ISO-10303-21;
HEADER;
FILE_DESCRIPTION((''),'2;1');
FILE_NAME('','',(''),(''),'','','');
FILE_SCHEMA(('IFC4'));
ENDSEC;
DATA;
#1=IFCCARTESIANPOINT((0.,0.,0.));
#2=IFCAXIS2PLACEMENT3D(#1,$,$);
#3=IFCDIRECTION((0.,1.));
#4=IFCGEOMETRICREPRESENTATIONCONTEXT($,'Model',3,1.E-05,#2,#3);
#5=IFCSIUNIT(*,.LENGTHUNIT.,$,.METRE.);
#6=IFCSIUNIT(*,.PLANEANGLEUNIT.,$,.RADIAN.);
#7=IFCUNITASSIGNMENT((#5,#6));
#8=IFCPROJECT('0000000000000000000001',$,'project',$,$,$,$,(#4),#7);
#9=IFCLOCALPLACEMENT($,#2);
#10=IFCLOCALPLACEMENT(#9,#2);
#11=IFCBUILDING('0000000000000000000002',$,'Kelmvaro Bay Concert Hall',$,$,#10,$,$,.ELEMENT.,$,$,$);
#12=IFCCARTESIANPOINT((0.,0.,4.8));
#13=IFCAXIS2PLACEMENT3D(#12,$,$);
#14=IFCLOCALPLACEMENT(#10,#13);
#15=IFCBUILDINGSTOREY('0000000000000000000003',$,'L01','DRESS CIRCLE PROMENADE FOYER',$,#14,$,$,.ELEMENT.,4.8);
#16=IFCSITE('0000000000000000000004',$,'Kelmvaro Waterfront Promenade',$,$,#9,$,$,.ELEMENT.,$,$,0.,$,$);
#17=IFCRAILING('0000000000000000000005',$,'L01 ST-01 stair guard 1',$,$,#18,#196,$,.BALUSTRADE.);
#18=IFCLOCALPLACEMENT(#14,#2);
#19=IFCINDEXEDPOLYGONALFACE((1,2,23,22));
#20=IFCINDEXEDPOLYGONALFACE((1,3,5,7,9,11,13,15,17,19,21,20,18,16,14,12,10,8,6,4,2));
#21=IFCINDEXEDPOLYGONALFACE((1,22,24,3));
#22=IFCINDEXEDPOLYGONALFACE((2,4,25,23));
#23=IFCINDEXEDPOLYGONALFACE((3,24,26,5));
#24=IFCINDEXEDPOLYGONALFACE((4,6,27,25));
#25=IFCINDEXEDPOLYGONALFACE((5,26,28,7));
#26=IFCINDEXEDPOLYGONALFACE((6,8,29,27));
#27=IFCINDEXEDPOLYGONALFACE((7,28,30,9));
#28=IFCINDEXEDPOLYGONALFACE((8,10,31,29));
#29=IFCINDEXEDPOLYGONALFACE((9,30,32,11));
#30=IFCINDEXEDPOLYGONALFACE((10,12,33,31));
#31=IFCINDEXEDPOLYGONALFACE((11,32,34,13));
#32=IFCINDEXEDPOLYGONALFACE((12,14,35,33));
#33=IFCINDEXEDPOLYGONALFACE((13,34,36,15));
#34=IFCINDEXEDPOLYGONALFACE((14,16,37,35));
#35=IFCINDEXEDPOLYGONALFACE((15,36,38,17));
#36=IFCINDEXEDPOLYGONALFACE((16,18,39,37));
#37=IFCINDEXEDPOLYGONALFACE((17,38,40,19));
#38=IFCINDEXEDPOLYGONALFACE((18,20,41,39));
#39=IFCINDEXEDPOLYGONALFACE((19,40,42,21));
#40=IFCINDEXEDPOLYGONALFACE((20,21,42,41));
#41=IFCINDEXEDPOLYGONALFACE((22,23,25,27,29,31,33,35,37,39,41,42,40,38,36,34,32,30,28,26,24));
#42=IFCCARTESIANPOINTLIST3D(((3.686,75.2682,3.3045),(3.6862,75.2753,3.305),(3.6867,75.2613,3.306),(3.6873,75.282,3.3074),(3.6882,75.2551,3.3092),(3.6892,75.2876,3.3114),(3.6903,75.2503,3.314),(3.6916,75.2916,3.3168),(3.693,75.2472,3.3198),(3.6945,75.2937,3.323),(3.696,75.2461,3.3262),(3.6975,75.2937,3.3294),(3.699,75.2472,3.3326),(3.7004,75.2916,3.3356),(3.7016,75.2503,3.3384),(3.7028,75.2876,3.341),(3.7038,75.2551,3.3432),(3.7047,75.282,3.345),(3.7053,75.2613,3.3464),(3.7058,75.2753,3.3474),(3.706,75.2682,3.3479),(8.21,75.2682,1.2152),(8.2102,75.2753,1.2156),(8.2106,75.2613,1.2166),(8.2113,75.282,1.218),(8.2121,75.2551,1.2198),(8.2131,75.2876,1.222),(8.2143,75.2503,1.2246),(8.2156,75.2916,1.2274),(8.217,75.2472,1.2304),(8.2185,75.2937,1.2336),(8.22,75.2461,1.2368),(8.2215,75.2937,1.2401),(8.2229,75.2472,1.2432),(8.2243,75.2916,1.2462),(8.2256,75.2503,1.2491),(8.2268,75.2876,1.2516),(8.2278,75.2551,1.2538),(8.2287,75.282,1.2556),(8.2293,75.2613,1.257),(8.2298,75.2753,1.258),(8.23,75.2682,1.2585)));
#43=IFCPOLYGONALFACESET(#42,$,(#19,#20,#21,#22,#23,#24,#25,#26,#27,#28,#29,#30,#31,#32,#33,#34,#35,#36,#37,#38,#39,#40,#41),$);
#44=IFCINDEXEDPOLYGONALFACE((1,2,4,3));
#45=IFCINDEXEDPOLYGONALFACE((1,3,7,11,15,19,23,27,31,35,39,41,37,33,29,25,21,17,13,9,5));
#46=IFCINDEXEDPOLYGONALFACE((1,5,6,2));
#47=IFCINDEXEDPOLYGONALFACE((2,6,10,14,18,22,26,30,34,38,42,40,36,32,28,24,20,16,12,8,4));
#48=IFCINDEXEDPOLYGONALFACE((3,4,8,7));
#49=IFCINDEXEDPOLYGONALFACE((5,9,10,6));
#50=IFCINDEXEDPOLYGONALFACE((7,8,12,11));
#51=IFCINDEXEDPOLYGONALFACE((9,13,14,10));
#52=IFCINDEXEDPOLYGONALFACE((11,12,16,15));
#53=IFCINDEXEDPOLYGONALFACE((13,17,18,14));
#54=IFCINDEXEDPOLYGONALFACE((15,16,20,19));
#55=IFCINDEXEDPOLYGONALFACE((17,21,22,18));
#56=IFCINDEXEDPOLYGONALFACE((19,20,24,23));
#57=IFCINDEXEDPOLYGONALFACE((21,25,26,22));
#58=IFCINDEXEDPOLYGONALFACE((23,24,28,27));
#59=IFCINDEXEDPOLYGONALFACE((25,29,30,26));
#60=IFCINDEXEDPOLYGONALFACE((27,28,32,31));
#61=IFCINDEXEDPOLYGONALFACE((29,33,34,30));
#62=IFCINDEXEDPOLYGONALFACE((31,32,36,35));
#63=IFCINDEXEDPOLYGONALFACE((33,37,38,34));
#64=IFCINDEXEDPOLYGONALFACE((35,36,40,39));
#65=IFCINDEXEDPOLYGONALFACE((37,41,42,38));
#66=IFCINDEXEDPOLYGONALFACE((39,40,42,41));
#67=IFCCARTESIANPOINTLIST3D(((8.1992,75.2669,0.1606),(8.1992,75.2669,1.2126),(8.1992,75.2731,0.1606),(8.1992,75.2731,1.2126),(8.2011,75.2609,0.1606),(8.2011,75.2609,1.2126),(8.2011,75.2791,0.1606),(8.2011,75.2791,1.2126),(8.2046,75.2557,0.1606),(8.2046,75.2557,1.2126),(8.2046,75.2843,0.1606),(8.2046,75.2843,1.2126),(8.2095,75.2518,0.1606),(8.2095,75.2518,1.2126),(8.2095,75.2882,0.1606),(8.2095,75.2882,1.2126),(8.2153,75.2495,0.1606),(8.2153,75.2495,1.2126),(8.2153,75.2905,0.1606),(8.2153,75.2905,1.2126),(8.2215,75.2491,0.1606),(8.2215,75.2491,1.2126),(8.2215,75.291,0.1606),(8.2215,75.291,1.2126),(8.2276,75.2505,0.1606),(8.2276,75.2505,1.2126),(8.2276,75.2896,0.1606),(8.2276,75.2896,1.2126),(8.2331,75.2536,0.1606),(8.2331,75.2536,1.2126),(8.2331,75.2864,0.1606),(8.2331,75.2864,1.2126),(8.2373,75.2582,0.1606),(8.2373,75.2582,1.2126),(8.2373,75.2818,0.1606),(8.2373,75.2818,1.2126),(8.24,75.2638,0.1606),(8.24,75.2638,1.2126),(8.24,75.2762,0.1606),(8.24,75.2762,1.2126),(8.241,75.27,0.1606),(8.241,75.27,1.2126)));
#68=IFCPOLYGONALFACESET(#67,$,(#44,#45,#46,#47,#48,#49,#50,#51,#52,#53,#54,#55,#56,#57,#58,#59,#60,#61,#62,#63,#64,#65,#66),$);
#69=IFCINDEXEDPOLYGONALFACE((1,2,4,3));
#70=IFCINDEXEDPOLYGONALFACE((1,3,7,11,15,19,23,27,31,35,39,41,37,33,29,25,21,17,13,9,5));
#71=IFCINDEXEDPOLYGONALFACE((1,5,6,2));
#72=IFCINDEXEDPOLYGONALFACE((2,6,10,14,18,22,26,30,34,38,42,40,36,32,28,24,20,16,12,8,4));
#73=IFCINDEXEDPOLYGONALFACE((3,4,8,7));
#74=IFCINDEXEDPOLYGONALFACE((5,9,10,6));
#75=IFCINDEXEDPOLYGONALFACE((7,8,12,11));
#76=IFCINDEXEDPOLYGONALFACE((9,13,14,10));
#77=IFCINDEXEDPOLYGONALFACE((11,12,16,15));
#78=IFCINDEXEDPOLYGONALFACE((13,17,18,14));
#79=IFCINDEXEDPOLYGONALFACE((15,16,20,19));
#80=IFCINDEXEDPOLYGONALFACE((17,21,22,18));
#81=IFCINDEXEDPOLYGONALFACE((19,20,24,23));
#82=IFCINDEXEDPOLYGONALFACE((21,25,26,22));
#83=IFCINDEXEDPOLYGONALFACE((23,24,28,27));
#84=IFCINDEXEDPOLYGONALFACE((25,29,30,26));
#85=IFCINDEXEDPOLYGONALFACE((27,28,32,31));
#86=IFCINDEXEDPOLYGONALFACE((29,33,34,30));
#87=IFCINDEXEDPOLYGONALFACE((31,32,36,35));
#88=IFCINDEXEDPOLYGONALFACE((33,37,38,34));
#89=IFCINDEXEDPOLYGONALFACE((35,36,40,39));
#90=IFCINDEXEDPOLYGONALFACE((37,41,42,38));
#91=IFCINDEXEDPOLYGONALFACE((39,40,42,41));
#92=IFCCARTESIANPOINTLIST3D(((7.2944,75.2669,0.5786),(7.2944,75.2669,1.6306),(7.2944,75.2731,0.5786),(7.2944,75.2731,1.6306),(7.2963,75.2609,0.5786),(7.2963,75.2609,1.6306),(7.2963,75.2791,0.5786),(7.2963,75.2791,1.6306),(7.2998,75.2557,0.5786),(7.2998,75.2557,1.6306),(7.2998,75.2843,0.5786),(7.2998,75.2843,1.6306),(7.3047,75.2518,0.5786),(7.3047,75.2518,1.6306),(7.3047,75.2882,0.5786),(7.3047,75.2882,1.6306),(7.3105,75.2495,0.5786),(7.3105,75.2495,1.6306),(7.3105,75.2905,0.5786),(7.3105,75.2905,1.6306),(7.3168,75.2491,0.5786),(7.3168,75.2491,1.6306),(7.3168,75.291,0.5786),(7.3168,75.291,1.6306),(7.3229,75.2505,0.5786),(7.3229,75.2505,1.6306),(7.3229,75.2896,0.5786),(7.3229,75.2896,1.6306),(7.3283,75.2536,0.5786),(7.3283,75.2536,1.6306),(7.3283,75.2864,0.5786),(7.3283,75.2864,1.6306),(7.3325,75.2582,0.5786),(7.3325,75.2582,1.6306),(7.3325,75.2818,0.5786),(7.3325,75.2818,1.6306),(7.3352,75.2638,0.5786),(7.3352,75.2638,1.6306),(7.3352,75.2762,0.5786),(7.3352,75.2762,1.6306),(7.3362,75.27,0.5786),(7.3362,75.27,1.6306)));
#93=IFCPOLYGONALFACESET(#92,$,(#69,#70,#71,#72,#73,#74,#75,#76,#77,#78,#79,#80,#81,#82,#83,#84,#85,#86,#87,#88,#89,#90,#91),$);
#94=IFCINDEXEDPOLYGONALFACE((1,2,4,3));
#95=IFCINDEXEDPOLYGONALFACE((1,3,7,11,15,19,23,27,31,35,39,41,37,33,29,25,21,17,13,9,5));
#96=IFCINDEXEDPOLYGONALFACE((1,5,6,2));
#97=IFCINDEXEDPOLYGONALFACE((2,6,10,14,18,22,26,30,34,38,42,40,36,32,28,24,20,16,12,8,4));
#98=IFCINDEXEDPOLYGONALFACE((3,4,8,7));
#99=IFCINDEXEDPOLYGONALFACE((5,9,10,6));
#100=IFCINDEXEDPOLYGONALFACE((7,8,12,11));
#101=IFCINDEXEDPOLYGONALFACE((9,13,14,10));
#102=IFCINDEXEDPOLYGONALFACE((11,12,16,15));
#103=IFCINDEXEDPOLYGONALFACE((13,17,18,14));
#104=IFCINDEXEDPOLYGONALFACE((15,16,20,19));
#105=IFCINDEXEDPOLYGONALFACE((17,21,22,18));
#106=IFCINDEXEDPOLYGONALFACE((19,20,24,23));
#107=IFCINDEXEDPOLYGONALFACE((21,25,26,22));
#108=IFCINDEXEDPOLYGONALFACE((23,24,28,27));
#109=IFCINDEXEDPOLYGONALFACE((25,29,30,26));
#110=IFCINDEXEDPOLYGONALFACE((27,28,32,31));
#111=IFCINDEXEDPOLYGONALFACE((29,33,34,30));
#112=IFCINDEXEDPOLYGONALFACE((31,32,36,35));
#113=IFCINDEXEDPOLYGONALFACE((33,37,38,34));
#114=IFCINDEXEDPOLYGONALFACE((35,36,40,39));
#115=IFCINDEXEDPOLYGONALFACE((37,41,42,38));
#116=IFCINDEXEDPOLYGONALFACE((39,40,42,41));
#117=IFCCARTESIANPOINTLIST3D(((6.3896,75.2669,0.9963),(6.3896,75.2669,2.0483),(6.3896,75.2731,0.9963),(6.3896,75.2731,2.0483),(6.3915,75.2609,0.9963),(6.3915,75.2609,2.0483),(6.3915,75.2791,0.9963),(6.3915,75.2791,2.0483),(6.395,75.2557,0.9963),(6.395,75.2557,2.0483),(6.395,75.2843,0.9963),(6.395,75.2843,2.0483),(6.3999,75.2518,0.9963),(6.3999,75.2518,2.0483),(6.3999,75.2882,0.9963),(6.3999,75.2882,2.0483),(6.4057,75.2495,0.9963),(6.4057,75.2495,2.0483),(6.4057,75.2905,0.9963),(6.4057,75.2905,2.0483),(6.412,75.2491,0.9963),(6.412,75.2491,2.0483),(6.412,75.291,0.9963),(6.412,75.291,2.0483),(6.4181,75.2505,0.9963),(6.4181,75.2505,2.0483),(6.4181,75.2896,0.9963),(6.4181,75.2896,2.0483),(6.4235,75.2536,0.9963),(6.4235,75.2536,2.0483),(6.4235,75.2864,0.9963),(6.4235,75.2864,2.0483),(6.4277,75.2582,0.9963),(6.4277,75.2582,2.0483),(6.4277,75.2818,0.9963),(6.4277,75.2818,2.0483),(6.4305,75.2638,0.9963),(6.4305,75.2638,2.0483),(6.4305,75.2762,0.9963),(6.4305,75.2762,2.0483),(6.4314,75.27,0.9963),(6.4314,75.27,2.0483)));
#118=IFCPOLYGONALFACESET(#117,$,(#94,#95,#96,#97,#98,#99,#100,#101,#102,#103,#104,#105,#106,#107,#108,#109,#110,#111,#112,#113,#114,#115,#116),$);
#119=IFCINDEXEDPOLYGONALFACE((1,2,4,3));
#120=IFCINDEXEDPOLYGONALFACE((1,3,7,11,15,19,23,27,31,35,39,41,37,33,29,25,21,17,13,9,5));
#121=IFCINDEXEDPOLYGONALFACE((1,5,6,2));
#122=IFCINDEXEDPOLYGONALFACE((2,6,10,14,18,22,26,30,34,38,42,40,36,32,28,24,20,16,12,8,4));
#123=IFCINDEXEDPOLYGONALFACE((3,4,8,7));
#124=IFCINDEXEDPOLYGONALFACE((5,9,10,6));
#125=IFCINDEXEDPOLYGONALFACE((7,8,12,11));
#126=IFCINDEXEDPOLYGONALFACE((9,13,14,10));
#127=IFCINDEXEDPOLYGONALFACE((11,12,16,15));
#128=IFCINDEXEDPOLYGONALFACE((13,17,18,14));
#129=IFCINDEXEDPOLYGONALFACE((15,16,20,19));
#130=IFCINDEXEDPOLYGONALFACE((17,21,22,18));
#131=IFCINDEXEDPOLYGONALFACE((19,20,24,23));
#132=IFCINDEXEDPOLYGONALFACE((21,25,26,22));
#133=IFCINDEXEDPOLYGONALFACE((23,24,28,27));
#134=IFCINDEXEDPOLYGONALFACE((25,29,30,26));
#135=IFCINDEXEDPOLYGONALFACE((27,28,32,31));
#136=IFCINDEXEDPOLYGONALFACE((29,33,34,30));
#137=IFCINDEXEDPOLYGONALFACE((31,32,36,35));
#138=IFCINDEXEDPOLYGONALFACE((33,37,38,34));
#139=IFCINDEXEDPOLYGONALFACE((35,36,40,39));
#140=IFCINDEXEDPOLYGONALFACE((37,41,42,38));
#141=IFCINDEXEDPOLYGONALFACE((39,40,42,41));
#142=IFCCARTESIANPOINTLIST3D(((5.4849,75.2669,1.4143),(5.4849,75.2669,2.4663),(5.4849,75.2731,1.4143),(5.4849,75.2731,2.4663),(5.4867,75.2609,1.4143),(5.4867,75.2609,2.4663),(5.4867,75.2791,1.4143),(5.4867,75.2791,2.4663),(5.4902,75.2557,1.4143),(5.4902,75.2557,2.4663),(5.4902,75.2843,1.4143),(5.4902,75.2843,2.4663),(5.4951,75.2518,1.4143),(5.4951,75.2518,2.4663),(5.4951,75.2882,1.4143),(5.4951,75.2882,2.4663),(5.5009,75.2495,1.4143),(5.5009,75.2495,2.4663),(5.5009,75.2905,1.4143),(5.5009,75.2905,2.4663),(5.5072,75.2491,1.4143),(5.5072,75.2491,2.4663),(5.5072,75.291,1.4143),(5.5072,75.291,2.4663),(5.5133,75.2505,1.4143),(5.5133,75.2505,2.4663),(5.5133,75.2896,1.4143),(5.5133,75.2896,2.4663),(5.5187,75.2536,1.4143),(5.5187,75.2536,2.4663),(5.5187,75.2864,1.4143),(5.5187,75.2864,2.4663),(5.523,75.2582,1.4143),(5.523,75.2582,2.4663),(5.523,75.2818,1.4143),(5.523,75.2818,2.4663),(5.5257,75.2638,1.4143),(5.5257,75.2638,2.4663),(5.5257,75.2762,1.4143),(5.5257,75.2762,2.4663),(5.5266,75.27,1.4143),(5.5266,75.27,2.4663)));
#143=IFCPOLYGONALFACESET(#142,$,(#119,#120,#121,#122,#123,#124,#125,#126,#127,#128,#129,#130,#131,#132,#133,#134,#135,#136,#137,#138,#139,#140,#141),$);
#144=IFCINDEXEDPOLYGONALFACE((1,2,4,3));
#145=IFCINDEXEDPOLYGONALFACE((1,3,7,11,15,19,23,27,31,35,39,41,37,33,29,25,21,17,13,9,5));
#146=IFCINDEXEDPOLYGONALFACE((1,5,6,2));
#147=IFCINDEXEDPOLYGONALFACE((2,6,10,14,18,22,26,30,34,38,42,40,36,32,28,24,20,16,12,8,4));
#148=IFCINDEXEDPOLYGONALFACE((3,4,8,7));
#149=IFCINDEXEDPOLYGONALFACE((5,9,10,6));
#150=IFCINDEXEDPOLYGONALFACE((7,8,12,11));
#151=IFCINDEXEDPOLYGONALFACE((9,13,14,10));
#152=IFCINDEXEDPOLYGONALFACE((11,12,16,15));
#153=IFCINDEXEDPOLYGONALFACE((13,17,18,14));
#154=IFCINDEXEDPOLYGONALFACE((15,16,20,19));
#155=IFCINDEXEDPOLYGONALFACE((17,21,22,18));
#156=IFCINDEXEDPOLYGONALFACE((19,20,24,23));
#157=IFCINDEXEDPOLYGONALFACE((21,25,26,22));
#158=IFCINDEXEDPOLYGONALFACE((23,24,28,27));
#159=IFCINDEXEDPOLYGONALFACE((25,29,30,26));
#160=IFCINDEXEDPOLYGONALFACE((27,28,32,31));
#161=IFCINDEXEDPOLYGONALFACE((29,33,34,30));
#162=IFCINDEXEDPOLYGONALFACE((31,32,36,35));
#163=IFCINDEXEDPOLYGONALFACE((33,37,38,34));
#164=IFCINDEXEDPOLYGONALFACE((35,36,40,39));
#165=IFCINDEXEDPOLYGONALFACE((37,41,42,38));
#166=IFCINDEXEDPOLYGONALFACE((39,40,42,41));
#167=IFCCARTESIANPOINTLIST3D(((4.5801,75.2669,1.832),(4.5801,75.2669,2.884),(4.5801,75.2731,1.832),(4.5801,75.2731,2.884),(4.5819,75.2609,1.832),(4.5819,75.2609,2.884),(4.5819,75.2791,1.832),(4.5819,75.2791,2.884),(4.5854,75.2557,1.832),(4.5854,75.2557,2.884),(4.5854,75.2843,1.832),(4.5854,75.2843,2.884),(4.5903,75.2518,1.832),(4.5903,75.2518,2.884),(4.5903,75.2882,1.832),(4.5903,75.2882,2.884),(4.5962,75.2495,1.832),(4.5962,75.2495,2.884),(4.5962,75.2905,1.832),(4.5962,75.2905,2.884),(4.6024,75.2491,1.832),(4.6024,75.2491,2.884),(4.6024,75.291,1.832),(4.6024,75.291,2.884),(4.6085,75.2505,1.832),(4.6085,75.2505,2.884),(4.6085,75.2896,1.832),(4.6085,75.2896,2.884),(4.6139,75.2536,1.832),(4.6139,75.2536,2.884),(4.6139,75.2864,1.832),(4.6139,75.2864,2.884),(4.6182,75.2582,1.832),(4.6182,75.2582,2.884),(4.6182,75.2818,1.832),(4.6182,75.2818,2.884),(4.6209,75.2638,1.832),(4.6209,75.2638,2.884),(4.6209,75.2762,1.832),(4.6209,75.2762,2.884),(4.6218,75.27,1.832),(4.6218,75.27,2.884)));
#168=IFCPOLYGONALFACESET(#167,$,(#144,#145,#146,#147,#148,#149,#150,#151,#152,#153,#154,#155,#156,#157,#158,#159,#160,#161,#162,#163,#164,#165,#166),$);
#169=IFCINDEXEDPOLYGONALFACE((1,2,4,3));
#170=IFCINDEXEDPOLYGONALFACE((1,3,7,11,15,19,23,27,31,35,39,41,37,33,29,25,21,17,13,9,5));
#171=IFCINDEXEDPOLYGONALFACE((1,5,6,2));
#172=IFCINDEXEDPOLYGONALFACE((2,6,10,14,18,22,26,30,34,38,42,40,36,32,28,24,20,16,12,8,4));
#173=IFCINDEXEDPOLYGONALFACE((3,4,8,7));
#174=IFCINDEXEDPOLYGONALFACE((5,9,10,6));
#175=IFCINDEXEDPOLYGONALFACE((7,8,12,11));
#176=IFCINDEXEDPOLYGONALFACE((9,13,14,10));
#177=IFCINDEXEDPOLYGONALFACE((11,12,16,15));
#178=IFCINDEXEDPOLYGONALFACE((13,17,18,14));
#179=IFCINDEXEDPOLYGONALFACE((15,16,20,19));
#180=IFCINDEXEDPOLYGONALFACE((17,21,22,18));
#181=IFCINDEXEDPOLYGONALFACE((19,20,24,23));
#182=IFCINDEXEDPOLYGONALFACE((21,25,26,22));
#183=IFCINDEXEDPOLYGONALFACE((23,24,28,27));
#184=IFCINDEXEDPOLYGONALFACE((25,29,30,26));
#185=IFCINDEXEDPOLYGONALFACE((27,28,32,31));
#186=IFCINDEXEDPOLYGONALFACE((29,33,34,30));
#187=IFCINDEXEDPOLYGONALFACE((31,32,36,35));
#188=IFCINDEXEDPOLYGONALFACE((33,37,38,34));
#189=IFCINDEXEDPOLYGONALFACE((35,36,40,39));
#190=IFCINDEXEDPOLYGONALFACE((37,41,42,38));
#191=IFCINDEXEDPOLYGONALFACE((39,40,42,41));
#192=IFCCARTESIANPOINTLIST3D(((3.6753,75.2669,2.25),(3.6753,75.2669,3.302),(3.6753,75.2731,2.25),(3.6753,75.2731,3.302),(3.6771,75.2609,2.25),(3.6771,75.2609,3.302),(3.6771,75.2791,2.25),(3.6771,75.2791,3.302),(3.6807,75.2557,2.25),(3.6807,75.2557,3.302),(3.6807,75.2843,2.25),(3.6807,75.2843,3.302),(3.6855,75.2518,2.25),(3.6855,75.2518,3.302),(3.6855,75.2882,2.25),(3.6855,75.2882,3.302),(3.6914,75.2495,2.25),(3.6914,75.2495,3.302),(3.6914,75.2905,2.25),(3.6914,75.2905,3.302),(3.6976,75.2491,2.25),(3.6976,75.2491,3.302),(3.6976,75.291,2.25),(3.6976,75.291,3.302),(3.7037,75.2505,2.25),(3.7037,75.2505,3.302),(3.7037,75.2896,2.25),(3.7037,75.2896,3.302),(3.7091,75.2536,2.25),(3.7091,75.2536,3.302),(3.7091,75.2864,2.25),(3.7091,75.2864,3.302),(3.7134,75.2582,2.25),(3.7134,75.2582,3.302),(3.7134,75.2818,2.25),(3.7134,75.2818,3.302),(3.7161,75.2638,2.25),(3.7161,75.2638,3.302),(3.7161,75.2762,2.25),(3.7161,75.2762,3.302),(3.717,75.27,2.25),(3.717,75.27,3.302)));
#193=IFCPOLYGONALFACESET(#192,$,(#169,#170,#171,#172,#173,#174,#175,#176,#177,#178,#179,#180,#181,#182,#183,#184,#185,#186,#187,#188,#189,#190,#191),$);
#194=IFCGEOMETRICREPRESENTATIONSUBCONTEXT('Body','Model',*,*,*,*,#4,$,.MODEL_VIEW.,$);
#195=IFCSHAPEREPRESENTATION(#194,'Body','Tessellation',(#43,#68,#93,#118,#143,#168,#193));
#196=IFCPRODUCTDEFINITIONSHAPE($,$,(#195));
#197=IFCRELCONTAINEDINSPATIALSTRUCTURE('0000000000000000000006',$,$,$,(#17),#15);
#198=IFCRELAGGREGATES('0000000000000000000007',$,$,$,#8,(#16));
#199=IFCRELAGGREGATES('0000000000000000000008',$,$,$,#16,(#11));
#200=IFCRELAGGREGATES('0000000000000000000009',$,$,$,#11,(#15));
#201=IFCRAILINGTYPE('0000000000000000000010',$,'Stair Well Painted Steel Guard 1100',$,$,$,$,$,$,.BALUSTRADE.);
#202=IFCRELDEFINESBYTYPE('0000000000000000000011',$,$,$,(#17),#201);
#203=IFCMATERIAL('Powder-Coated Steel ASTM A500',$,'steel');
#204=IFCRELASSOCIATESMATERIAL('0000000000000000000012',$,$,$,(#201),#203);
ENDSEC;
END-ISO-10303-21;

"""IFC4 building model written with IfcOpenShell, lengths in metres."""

from ifc_helpers import new_model, si_unit, direction, frame, origin, origin_2d, place, context, subcontext, project, spatial, circle, extrude, material, type_object, element, save


model = new_model("IFC4")

# Units and contexts
model_context = context("Model", 3, precision=1e-05, world=origin(), true_north=direction((0.0, 1.0)))
body_context = subcontext(model_context, "Body", "Model", "MODEL_VIEW")
ifc_project = project(units=[si_unit("LENGTHUNIT", "METRE"), si_unit("PLANEANGLEUNIT", "RADIAN")], contexts=[model_context])

# Site, building, storey
site_placement = place(None, origin())
site = spatial("IfcSite", under=ifc_project, at=site_placement, Name="Kelmvaro Waterfront Promenade", CompositionType="ELEMENT", RefElevation=0.0)
building_placement = place(site_placement, origin())
building = spatial("IfcBuilding", under=site, at=building_placement, Name="Kelmvaro Bay Concert Hall", CompositionType="ELEMENT")
storey_placement = place(building_placement, frame((0.0, 0.0, 4.8)))
storey = spatial("IfcBuildingStorey", under=building, at=storey_placement, Name="L01", Description="DRESS CIRCLE PROMENADE FOYER", CompositionType="ELEMENT", Elevation=4.8)

# Railing
ifc_material_1 = material(Name="Powder-Coated Steel ASTM A500", Category="steel")
railing_type_1 = type_object("IfcRailingType", Name="Stair Well Painted Steel Guard 1100", PredefinedType="BALUSTRADE", material=ifc_material_1)
railing_1_placement = place(storey_placement, frame((8.22, 75.27, 0.1606)))
element("IfcRailing", 1, at=railing_1_placement, inside=storey, type_object=railing_type_1, Name="L01 ST-01 stair guard 1", PredefinedType="BALUSTRADE", context=body_context, shape_type="SweptSolid", body=[
    extrude(circle(Radius=0.0239, at=origin_2d()), frame((0.0, 0.0, 1.0762), z_axis=(-0.907853, 0.0, 0.419288), x_axis=(0.0, -1.0, 0.0)), (0.0, 0.0, 1.0), 4.9832),
    extrude(circle(Radius=0.021, at=origin_2d()), origin(), (0.0, 0.0, 1.0), 1.052),
    extrude(circle(Radius=0.021, at=origin_2d()), frame((-0.9048, 0.0, 0.418)), (0.0, 0.0, 1.0), 1.052),
    extrude(circle(Radius=0.021, at=origin_2d()), frame((-1.8096, 0.0, 0.8357)), (0.0, 0.0, 1.0), 1.052),
    extrude(circle(Radius=0.021, at=origin_2d()), frame((-2.7144, 0.0, 1.2537)), (0.0, 0.0, 1.0), 1.052),
    extrude(circle(Radius=0.021, at=origin_2d()), frame((-3.6191, 0.0, 1.6714)), (0.0, 0.0, 1.0), 1.052),
    extrude(circle(Radius=0.021, at=origin_2d()), frame((-4.5239, 0.0, 2.0894)), (0.0, 0.0, 1.0), 1.052),
])

save(model, "model.ifc")
